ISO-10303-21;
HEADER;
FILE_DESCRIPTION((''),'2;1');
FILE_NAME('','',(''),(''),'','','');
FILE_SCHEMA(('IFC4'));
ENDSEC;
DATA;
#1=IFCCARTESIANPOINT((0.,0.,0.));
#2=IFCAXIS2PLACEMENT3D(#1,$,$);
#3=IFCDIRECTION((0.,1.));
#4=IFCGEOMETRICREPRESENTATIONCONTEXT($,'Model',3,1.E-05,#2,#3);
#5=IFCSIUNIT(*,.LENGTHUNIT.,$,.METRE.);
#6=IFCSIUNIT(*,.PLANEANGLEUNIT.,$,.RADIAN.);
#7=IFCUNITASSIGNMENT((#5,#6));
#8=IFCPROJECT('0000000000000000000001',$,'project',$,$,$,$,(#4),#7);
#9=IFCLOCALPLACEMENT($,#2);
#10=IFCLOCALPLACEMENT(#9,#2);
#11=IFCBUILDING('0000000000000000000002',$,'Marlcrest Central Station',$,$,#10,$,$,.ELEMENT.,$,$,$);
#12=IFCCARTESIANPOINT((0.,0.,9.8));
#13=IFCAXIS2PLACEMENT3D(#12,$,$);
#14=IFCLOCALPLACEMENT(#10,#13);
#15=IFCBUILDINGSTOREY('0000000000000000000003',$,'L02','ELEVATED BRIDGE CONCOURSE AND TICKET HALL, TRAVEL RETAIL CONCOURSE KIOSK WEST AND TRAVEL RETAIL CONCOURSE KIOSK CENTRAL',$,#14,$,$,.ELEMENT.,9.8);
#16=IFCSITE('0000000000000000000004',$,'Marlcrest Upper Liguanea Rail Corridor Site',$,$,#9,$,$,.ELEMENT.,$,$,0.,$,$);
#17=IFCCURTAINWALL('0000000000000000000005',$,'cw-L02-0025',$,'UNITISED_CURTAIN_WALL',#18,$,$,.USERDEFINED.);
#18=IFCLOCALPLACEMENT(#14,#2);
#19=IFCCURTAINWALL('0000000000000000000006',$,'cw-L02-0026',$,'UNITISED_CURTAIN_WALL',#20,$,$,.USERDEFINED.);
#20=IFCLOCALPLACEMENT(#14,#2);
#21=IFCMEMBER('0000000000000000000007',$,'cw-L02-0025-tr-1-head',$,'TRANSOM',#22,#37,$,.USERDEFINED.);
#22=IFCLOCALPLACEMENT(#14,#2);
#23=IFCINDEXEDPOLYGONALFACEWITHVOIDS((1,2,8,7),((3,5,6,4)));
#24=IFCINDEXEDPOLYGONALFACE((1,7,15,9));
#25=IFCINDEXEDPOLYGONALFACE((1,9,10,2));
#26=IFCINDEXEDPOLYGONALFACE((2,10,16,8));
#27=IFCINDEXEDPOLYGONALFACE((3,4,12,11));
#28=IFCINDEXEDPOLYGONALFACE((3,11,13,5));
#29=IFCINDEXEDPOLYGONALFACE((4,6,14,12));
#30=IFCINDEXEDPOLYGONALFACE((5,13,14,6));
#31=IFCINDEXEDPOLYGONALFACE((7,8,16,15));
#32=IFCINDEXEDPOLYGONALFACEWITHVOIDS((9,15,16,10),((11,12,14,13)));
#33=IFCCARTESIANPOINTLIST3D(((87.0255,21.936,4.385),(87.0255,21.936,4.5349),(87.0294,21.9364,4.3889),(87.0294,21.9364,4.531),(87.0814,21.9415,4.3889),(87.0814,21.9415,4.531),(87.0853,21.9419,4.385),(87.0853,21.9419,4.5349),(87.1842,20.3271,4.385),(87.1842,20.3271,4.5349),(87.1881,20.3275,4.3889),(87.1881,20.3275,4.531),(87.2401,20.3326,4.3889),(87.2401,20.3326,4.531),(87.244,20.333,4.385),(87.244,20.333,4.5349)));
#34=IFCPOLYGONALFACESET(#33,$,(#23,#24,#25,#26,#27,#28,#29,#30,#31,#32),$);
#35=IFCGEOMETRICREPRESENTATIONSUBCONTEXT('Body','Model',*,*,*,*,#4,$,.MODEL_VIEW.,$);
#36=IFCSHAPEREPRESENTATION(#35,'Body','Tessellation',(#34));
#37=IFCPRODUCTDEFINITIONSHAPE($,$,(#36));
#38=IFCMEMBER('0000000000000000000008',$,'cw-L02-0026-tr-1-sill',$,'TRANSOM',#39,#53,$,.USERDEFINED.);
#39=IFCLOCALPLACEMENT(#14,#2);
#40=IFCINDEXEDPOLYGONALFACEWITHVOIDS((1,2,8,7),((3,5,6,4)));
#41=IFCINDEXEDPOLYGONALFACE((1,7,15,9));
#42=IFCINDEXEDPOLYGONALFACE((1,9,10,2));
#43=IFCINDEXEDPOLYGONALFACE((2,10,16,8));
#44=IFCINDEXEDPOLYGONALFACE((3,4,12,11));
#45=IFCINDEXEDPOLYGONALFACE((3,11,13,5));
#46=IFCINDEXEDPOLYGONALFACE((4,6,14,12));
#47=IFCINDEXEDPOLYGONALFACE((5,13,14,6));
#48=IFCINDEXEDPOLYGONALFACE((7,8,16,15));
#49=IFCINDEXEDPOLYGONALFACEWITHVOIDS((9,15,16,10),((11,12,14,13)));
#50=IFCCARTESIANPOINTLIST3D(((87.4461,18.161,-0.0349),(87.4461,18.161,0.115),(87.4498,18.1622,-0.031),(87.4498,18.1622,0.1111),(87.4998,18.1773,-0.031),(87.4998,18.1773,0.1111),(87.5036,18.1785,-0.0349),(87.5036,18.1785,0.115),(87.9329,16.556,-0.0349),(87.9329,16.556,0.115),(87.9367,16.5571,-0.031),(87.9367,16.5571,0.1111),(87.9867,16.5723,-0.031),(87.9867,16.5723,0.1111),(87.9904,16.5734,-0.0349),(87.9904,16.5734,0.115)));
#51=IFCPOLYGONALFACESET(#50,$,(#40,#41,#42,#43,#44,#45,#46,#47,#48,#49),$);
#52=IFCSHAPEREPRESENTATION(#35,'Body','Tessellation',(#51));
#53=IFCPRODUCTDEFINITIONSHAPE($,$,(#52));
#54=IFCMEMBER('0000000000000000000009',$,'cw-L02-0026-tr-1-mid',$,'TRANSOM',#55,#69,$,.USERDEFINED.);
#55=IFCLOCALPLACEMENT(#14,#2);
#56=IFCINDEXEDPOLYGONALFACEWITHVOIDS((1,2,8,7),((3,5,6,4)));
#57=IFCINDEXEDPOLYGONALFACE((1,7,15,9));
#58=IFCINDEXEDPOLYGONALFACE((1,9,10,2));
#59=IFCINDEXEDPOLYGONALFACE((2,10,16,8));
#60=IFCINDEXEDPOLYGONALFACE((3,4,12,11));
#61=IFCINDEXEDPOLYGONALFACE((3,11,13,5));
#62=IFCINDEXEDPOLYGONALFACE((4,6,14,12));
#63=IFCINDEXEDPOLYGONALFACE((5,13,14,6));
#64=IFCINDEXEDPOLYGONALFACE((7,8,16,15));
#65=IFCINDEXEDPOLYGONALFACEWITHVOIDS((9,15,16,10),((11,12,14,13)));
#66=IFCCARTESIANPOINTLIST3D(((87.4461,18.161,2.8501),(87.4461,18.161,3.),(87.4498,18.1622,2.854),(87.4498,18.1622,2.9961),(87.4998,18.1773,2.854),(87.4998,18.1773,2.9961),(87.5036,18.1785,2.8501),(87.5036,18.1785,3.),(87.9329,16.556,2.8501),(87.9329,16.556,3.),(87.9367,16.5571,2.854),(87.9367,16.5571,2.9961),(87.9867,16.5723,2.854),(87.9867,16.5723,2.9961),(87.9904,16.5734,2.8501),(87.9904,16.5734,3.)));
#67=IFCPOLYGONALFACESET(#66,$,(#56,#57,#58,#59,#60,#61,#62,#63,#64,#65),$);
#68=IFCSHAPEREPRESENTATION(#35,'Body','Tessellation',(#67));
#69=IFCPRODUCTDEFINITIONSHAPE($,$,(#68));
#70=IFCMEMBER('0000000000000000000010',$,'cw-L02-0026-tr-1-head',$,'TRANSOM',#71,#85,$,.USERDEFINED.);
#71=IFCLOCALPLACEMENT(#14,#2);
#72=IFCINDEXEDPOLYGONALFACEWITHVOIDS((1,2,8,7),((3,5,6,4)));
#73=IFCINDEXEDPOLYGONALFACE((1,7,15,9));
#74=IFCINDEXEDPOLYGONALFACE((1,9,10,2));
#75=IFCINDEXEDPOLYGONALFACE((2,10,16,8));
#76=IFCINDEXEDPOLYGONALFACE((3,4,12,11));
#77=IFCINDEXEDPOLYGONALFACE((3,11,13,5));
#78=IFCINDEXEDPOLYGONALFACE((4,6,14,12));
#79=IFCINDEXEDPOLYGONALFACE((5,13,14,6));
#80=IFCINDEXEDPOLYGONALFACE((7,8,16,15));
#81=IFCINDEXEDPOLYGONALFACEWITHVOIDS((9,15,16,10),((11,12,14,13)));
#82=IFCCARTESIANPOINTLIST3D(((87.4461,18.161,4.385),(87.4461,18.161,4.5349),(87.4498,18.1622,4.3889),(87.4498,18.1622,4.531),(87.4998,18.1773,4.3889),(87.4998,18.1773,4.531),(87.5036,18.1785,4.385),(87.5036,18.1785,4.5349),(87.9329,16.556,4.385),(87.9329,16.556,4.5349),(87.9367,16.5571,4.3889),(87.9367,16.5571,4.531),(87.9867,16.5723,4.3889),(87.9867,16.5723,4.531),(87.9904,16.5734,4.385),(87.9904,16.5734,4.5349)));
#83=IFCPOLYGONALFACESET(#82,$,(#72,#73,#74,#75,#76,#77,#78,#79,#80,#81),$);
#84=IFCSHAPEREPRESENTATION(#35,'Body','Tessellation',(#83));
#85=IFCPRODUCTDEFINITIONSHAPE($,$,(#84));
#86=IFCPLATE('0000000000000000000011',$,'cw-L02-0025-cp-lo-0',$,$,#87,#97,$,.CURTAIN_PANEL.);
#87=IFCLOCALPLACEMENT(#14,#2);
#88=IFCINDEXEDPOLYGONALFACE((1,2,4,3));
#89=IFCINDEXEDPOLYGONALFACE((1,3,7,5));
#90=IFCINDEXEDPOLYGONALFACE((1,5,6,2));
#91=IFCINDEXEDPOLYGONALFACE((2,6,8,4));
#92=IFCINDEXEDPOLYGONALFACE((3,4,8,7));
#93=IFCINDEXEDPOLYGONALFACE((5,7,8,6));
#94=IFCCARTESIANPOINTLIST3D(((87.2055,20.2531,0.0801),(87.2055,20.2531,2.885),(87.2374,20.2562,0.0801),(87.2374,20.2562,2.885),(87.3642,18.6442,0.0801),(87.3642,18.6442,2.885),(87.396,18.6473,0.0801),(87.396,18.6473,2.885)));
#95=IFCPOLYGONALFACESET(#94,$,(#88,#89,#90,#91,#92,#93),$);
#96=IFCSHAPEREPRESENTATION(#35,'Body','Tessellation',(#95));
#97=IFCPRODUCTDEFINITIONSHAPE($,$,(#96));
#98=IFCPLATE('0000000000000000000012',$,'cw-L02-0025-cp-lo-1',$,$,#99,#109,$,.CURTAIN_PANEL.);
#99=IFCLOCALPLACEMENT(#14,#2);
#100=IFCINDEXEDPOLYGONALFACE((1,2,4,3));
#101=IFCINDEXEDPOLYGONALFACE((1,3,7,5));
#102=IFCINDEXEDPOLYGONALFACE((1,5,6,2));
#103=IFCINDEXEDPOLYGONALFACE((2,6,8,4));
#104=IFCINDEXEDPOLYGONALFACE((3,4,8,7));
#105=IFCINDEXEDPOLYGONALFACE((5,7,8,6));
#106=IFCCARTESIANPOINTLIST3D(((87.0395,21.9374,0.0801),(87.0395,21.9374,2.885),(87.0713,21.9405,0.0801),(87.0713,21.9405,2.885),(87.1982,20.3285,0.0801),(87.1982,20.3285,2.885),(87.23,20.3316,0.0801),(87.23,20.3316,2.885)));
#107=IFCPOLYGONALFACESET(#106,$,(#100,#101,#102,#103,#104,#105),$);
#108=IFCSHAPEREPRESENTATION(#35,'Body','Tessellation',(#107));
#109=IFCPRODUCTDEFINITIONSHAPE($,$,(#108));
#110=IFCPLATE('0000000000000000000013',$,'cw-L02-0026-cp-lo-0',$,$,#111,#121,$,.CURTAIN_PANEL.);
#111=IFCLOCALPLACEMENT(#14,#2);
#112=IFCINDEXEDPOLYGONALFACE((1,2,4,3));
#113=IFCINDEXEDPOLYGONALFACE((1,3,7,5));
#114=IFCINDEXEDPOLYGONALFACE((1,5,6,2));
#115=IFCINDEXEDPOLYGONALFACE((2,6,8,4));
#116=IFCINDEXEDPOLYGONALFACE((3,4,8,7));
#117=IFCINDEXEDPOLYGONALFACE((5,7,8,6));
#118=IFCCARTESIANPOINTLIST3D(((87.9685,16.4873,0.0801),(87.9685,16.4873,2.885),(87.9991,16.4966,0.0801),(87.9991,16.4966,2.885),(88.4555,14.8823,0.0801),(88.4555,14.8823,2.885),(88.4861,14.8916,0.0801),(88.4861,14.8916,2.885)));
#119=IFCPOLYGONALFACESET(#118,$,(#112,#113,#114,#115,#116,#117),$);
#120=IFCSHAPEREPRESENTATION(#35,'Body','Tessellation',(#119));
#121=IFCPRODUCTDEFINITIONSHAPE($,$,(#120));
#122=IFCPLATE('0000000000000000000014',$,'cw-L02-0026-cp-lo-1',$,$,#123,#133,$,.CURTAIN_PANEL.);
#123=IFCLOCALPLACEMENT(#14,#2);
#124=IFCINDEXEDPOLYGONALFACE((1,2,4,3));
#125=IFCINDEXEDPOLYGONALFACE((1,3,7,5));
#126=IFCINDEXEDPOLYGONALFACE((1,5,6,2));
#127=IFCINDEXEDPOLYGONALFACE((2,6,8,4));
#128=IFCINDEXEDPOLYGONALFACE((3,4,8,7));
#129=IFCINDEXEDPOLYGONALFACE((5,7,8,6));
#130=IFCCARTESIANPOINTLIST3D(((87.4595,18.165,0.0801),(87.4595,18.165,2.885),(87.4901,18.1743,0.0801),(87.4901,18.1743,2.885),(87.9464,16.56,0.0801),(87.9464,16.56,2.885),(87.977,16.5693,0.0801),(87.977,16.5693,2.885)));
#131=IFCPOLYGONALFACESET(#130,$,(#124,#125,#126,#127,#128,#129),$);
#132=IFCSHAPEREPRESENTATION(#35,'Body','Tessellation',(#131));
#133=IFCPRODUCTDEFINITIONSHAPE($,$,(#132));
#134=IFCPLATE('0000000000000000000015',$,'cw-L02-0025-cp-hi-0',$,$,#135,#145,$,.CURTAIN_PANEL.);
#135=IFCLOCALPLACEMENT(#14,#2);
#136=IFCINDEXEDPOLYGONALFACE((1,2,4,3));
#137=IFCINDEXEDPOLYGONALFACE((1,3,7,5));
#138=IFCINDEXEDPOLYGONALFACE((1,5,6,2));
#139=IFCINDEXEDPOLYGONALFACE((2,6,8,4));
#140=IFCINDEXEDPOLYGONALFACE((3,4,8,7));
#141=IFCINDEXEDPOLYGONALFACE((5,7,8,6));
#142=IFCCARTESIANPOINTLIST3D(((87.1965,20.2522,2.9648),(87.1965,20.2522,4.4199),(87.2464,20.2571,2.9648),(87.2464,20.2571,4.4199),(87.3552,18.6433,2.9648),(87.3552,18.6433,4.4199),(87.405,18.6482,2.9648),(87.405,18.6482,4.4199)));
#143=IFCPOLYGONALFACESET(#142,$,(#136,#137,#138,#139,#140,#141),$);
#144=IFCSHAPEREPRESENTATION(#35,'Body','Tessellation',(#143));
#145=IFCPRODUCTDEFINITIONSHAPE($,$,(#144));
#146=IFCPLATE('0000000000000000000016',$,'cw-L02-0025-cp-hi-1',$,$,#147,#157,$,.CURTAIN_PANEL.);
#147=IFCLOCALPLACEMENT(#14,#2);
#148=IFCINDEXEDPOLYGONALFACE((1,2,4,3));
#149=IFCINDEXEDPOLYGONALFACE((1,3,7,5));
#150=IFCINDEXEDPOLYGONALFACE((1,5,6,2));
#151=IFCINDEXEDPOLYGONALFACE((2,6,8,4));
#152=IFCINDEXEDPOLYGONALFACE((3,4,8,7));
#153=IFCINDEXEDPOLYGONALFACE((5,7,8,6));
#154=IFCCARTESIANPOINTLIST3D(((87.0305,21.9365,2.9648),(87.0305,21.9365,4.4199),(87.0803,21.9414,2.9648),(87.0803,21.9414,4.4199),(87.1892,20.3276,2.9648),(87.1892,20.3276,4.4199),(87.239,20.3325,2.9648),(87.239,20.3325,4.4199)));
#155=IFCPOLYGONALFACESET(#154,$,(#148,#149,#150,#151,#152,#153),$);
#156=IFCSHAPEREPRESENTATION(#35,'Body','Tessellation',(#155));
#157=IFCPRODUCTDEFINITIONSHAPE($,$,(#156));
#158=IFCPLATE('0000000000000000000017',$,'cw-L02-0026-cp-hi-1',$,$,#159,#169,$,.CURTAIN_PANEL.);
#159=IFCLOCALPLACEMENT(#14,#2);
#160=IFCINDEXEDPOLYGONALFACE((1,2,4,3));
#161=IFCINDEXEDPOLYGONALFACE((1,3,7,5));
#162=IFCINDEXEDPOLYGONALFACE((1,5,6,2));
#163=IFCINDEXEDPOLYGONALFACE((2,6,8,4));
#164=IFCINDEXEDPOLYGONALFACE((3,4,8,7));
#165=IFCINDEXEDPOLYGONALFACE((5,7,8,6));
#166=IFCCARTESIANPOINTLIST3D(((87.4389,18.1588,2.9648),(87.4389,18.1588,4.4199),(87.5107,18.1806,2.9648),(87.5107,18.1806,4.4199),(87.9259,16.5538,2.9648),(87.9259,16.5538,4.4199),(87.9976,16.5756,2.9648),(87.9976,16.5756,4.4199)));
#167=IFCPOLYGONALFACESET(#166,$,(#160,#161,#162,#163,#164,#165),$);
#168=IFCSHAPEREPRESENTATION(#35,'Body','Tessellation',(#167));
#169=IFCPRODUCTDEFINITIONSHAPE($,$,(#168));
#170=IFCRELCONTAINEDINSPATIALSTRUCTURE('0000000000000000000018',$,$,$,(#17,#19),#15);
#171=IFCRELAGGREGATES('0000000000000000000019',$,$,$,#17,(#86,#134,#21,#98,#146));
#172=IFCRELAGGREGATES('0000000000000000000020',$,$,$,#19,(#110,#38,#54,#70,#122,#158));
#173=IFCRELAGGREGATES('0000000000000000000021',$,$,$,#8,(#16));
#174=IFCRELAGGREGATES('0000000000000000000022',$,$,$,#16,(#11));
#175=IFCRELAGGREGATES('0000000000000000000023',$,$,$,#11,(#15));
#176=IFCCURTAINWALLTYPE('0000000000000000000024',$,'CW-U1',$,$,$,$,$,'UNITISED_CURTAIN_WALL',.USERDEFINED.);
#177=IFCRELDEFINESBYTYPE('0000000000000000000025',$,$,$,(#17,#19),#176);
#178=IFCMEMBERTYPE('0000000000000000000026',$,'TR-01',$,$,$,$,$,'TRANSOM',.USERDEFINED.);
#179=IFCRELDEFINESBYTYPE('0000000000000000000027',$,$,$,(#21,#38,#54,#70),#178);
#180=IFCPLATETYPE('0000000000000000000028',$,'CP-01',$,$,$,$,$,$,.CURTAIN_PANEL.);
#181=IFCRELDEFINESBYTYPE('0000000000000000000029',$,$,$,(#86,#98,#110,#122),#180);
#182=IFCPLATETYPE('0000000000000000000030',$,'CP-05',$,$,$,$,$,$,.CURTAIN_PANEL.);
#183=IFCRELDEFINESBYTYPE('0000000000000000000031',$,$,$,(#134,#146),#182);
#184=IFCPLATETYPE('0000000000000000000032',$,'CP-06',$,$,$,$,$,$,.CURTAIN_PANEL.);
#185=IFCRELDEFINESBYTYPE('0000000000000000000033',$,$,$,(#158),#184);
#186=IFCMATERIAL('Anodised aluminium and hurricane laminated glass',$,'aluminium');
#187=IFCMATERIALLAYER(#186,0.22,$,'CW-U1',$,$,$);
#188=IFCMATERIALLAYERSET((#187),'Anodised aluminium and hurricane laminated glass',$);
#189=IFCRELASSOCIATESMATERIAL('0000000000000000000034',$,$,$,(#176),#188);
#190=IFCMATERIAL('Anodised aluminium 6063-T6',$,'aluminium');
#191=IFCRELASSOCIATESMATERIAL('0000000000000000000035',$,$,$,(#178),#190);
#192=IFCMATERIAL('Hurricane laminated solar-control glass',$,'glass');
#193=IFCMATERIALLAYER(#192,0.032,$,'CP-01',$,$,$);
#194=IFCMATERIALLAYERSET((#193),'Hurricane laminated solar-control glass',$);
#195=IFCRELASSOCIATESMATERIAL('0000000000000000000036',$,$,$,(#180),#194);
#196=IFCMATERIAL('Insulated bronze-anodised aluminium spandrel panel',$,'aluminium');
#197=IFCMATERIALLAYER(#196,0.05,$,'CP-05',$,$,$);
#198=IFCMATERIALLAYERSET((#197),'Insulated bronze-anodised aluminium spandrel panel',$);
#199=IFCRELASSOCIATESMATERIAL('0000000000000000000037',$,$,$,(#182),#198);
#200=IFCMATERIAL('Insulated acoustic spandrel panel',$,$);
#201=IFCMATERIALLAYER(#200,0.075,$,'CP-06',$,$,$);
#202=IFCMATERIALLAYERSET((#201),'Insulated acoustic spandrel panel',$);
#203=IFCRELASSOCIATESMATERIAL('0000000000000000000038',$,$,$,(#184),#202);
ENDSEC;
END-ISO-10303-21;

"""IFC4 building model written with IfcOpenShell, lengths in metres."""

from ifc_helpers import new_model, si_unit, direction, frame, origin, origin_2d, place, context, subcontext, project, spatial, rectangle, hollow_rectangle, extrude, material, layer, layer_set, material_profile, profile_set, type_object, element, aggregate, save


model = new_model("IFC4")

# Units and contexts
model_context = context("Model", 3, precision=1e-05, world=origin(), true_north=direction((0.0, 1.0)))
body_context = subcontext(model_context, "Body", "Model", "MODEL_VIEW")
ifc_project = project(units=[si_unit("LENGTHUNIT", "METRE"), si_unit("PLANEANGLEUNIT", "RADIAN")], contexts=[model_context])

# Site, building, storey
site_placement = place(None, origin())
site = spatial("IfcSite", under=ifc_project, at=site_placement, Name="Marlcrest Upper Liguanea Rail Corridor Site", CompositionType="ELEMENT", RefElevation=0.0)
building_placement = place(site_placement, origin())
building = spatial("IfcBuilding", under=site, at=building_placement, Name="Marlcrest Central Station", CompositionType="ELEMENT")
storey_placement = place(building_placement, frame((0.0, 0.0, 9.8)))
storey = spatial("IfcBuildingStorey", under=building, at=storey_placement, Name="L02", Description="ELEVATED BRIDGE CONCOURSE AND TICKET HALL, TRAVEL RETAIL CONCOURSE KIOSK WEST AND TRAVEL RETAIL CONCOURSE KIOSK CENTRAL", CompositionType="ELEMENT", Elevation=9.8)

# Curtain walls
ifc_material_1 = material(Name="Anodised aluminium and hurricane laminated glass", Category="aluminium")
ifc_layer_1 = layer(ifc_material_1, 0.22, Name="CW-U1")
ifc_layer_set_1 = layer_set([ifc_layer_1], Name="Anodised aluminium and hurricane laminated glass")
curtain_wall_type = type_object("IfcCurtainWallType", Name="CW-U1", ElementType="UNITISED_CURTAIN_WALL", PredefinedType="USERDEFINED", material=ifc_layer_set_1)
curtain_wall_1_placement = place(storey_placement, origin())
curtain_wall_1 = element("IfcCurtainWall", 1, at=curtain_wall_1_placement, inside=storey, type_object=curtain_wall_type, Name="cw-L02-0025", ObjectType="UNITISED_CURTAIN_WALL", PredefinedType="USERDEFINED")
ifc_material_2 = material(Name="Anodised aluminium 6063-T6", Category="aluminium")
curtain_wall_2_placement = place(storey_placement, origin())
curtain_wall_2 = element("IfcCurtainWall", 2, at=curtain_wall_2_placement, inside=storey, type_object=curtain_wall_type, Name="cw-L02-0026", ObjectType="UNITISED_CURTAIN_WALL", PredefinedType="USERDEFINED")

# Members
ifc_material_profile_1 = material_profile(ifc_material_2, hollow_rectangle(XDim=0.0601, YDim=0.1499, WallThickness=0.0039, at=origin_2d()), Name="AA-RHS 150x60x4")
ifc_profile_set_1 = profile_set([ifc_material_profile_1], Name="Anodised aluminium 6063-T6")
member_type_1 = type_object("IfcMemberType", Name="TR-01", ElementType="TRANSOM", PredefinedType="USERDEFINED", material=ifc_profile_set_1)
member_1_placement = place(storey_placement, frame((87.2141, 20.3301, 4.46), z_axis=(-0.098158, 0.995171, 0.0), x_axis=(-0.995171, -0.098158, 0.0)))
member_1 = element("IfcMember", 3, at=member_1_placement, type_object=member_type_1, Name="cw-L02-0025-tr-1-head", ObjectType="TRANSOM", PredefinedType="USERDEFINED", context=body_context, shape_type="SweptSolid", body=[
    extrude(hollow_rectangle(XDim=0.0601, YDim=0.1499, WallThickness=0.0039, at=origin_2d()), origin(), (0.0, 0.0, 1.0), 1.6167),
])
member_2_placement = place(storey_placement, frame((87.9617, 16.5647, 0.04), z_axis=(-0.290258, 0.956948, 0.0), x_axis=(-0.956948, -0.290258, 0.0)))
member_2 = element("IfcMember", 4, at=member_2_placement, type_object=member_type_1, Name="cw-L02-0026-tr-1-sill", ObjectType="TRANSOM", PredefinedType="USERDEFINED", context=body_context, shape_type="SweptSolid", body=[
    extrude(hollow_rectangle(XDim=0.0601, YDim=0.1499, WallThickness=0.0039, at=origin_2d()), origin(), (0.0, 0.0, 1.0), 1.6772),
])
member_3_placement = place(storey_placement, frame((87.9617, 16.5647, 2.925), z_axis=(-0.290258, 0.956948, 0.0), x_axis=(-0.956948, -0.290258, 0.0)))
member_3 = element("IfcMember", 5, at=member_3_placement, type_object=member_type_1, Name="cw-L02-0026-tr-1-mid", ObjectType="TRANSOM", PredefinedType="USERDEFINED", context=body_context, shape_type="SweptSolid", body=[
    extrude(hollow_rectangle(XDim=0.0601, YDim=0.1499, WallThickness=0.0039, at=origin_2d()), origin(), (0.0, 0.0, 1.0), 1.6772),
])
member_4_placement = place(storey_placement, frame((87.9617, 16.5647, 4.46), z_axis=(-0.290258, 0.956948, 0.0), x_axis=(-0.956948, -0.290258, 0.0)))
member_4 = element("IfcMember", 6, at=member_4_placement, type_object=member_type_1, Name="cw-L02-0026-tr-1-head", ObjectType="TRANSOM", PredefinedType="USERDEFINED", context=body_context, shape_type="SweptSolid", body=[
    extrude(hollow_rectangle(XDim=0.0601, YDim=0.1499, WallThickness=0.0039, at=origin_2d()), origin(), (0.0, 0.0, 1.0), 1.6772),
])

# Plates
ifc_material_3 = material(Name="Hurricane laminated solar-control glass", Category="glass")
ifc_layer_2 = layer(ifc_material_3, 0.032, Name="CP-01")
ifc_layer_set_2 = layer_set([ifc_layer_2], Name="Hurricane laminated solar-control glass")
plate_type_1 = type_object("IfcPlateType", Name="CP-01", PredefinedType="CURTAIN_PANEL", material=ifc_layer_set_2)
plate_1_placement = place(storey_placement, frame((87.3008, 19.4502, 0.0801), z_axis=(0.0, 0.0, 1.0), x_axis=(-0.098139, 0.995173, 0.0)))
plate_1 = element("IfcPlate", 7, at=plate_1_placement, type_object=plate_type_1, Name="cw-L02-0025-cp-lo-0", PredefinedType="CURTAIN_PANEL", context=body_context, shape_type="SweptSolid", body=[
    extrude(rectangle(XDim=1.6167, YDim=0.032, at=origin_2d()), origin(), (0.0, 0.0, 1.0), 2.8049),
])
plate_2_placement = place(storey_placement, frame((87.1348, 21.1345, 0.0801), z_axis=(0.0, 0.0, 1.0), x_axis=(-0.098139, 0.995173, 0.0)))
plate_2 = element("IfcPlate", 8, at=plate_2_placement, type_object=plate_type_1, Name="cw-L02-0025-cp-lo-1", PredefinedType="CURTAIN_PANEL", context=body_context, shape_type="SweptSolid", body=[
    extrude(rectangle(XDim=1.6167, YDim=0.032, at=origin_2d()), origin(), (0.0, 0.0, 1.0), 2.8049),
])
plate_3_placement = place(storey_placement, frame((88.2273, 15.6895, 0.0801), z_axis=(0.0, 0.0, 1.0), x_axis=(-0.290318, 0.95693, 0.0)))
plate_3 = element("IfcPlate", 9, at=plate_3_placement, type_object=plate_type_1, Name="cw-L02-0026-cp-lo-0", PredefinedType="CURTAIN_PANEL", context=body_context, shape_type="SweptSolid", body=[
    extrude(rectangle(XDim=1.6772, YDim=0.032, at=origin_2d()), origin(), (0.0, 0.0, 1.0), 2.8049),
])
plate_4_placement = place(storey_placement, frame((87.7183, 17.3672, 0.0801), z_axis=(0.0, 0.0, 1.0), x_axis=(-0.290318, 0.95693, 0.0)))
plate_4 = element("IfcPlate", 10, at=plate_4_placement, type_object=plate_type_1, Name="cw-L02-0026-cp-lo-1", PredefinedType="CURTAIN_PANEL", context=body_context, shape_type="SweptSolid", body=[
    extrude(rectangle(XDim=1.6772, YDim=0.032, at=origin_2d()), origin(), (0.0, 0.0, 1.0), 2.8049),
])
ifc_material_4 = material(Name="Insulated bronze-anodised aluminium spandrel panel", Category="aluminium")
ifc_layer_3 = layer(ifc_material_4, 0.05, Name="CP-05")
ifc_layer_set_3 = layer_set([ifc_layer_3], Name="Insulated bronze-anodised aluminium spandrel panel")
plate_type_2 = type_object("IfcPlateType", Name="CP-05", PredefinedType="CURTAIN_PANEL", material=ifc_layer_set_3)
plate_5_placement = place(storey_placement, frame((87.3008, 19.4502, 2.9648), z_axis=(0.0, 0.0, 1.0), x_axis=(-0.098139, 0.995173, 0.0)))
plate_5 = element("IfcPlate", 11, at=plate_5_placement, type_object=plate_type_2, Name="cw-L02-0025-cp-hi-0", PredefinedType="CURTAIN_PANEL", context=body_context, shape_type="SweptSolid", body=[
    extrude(rectangle(XDim=1.6167, YDim=0.05, at=origin_2d()), origin(), (0.0, 0.0, 1.0), 1.4551),
])
plate_6_placement = place(storey_placement, frame((87.1348, 21.1345, 2.9648), z_axis=(0.0, 0.0, 1.0), x_axis=(-0.098139, 0.995173, 0.0)))
plate_6 = element("IfcPlate", 12, at=plate_6_placement, type_object=plate_type_2, Name="cw-L02-0025-cp-hi-1", PredefinedType="CURTAIN_PANEL", context=body_context, shape_type="SweptSolid", body=[
    extrude(rectangle(XDim=1.6167, YDim=0.05, at=origin_2d()), origin(), (0.0, 0.0, 1.0), 1.4551),
])
aggregate(curtain_wall_1, [plate_1, plate_5, member_1, plate_2, plate_6])
ifc_material_5 = material(Name="Insulated acoustic spandrel panel")
ifc_layer_4 = layer(ifc_material_5, 0.075, Name="CP-06")
ifc_layer_set_4 = layer_set([ifc_layer_4], Name="Insulated acoustic spandrel panel")
plate_type_3 = type_object("IfcPlateType", Name="CP-06", PredefinedType="CURTAIN_PANEL", material=ifc_layer_set_4)
plate_7_placement = place(storey_placement, frame((87.7183, 17.3672, 2.9648), z_axis=(0.0, 0.0, 1.0), x_axis=(-0.290318, 0.95693, 0.0)))
plate_7 = element("IfcPlate", 13, at=plate_7_placement, type_object=plate_type_3, Name="cw-L02-0026-cp-hi-1", PredefinedType="CURTAIN_PANEL", context=body_context, shape_type="SweptSolid", body=[
    extrude(rectangle(XDim=1.6772, YDim=0.075, at=origin_2d()), origin(), (0.0, 0.0, 1.0), 1.4551),
])
aggregate(curtain_wall_2, [plate_3, member_2, member_3, member_4, plate_4, plate_7])

save(model, "model.ifc")
